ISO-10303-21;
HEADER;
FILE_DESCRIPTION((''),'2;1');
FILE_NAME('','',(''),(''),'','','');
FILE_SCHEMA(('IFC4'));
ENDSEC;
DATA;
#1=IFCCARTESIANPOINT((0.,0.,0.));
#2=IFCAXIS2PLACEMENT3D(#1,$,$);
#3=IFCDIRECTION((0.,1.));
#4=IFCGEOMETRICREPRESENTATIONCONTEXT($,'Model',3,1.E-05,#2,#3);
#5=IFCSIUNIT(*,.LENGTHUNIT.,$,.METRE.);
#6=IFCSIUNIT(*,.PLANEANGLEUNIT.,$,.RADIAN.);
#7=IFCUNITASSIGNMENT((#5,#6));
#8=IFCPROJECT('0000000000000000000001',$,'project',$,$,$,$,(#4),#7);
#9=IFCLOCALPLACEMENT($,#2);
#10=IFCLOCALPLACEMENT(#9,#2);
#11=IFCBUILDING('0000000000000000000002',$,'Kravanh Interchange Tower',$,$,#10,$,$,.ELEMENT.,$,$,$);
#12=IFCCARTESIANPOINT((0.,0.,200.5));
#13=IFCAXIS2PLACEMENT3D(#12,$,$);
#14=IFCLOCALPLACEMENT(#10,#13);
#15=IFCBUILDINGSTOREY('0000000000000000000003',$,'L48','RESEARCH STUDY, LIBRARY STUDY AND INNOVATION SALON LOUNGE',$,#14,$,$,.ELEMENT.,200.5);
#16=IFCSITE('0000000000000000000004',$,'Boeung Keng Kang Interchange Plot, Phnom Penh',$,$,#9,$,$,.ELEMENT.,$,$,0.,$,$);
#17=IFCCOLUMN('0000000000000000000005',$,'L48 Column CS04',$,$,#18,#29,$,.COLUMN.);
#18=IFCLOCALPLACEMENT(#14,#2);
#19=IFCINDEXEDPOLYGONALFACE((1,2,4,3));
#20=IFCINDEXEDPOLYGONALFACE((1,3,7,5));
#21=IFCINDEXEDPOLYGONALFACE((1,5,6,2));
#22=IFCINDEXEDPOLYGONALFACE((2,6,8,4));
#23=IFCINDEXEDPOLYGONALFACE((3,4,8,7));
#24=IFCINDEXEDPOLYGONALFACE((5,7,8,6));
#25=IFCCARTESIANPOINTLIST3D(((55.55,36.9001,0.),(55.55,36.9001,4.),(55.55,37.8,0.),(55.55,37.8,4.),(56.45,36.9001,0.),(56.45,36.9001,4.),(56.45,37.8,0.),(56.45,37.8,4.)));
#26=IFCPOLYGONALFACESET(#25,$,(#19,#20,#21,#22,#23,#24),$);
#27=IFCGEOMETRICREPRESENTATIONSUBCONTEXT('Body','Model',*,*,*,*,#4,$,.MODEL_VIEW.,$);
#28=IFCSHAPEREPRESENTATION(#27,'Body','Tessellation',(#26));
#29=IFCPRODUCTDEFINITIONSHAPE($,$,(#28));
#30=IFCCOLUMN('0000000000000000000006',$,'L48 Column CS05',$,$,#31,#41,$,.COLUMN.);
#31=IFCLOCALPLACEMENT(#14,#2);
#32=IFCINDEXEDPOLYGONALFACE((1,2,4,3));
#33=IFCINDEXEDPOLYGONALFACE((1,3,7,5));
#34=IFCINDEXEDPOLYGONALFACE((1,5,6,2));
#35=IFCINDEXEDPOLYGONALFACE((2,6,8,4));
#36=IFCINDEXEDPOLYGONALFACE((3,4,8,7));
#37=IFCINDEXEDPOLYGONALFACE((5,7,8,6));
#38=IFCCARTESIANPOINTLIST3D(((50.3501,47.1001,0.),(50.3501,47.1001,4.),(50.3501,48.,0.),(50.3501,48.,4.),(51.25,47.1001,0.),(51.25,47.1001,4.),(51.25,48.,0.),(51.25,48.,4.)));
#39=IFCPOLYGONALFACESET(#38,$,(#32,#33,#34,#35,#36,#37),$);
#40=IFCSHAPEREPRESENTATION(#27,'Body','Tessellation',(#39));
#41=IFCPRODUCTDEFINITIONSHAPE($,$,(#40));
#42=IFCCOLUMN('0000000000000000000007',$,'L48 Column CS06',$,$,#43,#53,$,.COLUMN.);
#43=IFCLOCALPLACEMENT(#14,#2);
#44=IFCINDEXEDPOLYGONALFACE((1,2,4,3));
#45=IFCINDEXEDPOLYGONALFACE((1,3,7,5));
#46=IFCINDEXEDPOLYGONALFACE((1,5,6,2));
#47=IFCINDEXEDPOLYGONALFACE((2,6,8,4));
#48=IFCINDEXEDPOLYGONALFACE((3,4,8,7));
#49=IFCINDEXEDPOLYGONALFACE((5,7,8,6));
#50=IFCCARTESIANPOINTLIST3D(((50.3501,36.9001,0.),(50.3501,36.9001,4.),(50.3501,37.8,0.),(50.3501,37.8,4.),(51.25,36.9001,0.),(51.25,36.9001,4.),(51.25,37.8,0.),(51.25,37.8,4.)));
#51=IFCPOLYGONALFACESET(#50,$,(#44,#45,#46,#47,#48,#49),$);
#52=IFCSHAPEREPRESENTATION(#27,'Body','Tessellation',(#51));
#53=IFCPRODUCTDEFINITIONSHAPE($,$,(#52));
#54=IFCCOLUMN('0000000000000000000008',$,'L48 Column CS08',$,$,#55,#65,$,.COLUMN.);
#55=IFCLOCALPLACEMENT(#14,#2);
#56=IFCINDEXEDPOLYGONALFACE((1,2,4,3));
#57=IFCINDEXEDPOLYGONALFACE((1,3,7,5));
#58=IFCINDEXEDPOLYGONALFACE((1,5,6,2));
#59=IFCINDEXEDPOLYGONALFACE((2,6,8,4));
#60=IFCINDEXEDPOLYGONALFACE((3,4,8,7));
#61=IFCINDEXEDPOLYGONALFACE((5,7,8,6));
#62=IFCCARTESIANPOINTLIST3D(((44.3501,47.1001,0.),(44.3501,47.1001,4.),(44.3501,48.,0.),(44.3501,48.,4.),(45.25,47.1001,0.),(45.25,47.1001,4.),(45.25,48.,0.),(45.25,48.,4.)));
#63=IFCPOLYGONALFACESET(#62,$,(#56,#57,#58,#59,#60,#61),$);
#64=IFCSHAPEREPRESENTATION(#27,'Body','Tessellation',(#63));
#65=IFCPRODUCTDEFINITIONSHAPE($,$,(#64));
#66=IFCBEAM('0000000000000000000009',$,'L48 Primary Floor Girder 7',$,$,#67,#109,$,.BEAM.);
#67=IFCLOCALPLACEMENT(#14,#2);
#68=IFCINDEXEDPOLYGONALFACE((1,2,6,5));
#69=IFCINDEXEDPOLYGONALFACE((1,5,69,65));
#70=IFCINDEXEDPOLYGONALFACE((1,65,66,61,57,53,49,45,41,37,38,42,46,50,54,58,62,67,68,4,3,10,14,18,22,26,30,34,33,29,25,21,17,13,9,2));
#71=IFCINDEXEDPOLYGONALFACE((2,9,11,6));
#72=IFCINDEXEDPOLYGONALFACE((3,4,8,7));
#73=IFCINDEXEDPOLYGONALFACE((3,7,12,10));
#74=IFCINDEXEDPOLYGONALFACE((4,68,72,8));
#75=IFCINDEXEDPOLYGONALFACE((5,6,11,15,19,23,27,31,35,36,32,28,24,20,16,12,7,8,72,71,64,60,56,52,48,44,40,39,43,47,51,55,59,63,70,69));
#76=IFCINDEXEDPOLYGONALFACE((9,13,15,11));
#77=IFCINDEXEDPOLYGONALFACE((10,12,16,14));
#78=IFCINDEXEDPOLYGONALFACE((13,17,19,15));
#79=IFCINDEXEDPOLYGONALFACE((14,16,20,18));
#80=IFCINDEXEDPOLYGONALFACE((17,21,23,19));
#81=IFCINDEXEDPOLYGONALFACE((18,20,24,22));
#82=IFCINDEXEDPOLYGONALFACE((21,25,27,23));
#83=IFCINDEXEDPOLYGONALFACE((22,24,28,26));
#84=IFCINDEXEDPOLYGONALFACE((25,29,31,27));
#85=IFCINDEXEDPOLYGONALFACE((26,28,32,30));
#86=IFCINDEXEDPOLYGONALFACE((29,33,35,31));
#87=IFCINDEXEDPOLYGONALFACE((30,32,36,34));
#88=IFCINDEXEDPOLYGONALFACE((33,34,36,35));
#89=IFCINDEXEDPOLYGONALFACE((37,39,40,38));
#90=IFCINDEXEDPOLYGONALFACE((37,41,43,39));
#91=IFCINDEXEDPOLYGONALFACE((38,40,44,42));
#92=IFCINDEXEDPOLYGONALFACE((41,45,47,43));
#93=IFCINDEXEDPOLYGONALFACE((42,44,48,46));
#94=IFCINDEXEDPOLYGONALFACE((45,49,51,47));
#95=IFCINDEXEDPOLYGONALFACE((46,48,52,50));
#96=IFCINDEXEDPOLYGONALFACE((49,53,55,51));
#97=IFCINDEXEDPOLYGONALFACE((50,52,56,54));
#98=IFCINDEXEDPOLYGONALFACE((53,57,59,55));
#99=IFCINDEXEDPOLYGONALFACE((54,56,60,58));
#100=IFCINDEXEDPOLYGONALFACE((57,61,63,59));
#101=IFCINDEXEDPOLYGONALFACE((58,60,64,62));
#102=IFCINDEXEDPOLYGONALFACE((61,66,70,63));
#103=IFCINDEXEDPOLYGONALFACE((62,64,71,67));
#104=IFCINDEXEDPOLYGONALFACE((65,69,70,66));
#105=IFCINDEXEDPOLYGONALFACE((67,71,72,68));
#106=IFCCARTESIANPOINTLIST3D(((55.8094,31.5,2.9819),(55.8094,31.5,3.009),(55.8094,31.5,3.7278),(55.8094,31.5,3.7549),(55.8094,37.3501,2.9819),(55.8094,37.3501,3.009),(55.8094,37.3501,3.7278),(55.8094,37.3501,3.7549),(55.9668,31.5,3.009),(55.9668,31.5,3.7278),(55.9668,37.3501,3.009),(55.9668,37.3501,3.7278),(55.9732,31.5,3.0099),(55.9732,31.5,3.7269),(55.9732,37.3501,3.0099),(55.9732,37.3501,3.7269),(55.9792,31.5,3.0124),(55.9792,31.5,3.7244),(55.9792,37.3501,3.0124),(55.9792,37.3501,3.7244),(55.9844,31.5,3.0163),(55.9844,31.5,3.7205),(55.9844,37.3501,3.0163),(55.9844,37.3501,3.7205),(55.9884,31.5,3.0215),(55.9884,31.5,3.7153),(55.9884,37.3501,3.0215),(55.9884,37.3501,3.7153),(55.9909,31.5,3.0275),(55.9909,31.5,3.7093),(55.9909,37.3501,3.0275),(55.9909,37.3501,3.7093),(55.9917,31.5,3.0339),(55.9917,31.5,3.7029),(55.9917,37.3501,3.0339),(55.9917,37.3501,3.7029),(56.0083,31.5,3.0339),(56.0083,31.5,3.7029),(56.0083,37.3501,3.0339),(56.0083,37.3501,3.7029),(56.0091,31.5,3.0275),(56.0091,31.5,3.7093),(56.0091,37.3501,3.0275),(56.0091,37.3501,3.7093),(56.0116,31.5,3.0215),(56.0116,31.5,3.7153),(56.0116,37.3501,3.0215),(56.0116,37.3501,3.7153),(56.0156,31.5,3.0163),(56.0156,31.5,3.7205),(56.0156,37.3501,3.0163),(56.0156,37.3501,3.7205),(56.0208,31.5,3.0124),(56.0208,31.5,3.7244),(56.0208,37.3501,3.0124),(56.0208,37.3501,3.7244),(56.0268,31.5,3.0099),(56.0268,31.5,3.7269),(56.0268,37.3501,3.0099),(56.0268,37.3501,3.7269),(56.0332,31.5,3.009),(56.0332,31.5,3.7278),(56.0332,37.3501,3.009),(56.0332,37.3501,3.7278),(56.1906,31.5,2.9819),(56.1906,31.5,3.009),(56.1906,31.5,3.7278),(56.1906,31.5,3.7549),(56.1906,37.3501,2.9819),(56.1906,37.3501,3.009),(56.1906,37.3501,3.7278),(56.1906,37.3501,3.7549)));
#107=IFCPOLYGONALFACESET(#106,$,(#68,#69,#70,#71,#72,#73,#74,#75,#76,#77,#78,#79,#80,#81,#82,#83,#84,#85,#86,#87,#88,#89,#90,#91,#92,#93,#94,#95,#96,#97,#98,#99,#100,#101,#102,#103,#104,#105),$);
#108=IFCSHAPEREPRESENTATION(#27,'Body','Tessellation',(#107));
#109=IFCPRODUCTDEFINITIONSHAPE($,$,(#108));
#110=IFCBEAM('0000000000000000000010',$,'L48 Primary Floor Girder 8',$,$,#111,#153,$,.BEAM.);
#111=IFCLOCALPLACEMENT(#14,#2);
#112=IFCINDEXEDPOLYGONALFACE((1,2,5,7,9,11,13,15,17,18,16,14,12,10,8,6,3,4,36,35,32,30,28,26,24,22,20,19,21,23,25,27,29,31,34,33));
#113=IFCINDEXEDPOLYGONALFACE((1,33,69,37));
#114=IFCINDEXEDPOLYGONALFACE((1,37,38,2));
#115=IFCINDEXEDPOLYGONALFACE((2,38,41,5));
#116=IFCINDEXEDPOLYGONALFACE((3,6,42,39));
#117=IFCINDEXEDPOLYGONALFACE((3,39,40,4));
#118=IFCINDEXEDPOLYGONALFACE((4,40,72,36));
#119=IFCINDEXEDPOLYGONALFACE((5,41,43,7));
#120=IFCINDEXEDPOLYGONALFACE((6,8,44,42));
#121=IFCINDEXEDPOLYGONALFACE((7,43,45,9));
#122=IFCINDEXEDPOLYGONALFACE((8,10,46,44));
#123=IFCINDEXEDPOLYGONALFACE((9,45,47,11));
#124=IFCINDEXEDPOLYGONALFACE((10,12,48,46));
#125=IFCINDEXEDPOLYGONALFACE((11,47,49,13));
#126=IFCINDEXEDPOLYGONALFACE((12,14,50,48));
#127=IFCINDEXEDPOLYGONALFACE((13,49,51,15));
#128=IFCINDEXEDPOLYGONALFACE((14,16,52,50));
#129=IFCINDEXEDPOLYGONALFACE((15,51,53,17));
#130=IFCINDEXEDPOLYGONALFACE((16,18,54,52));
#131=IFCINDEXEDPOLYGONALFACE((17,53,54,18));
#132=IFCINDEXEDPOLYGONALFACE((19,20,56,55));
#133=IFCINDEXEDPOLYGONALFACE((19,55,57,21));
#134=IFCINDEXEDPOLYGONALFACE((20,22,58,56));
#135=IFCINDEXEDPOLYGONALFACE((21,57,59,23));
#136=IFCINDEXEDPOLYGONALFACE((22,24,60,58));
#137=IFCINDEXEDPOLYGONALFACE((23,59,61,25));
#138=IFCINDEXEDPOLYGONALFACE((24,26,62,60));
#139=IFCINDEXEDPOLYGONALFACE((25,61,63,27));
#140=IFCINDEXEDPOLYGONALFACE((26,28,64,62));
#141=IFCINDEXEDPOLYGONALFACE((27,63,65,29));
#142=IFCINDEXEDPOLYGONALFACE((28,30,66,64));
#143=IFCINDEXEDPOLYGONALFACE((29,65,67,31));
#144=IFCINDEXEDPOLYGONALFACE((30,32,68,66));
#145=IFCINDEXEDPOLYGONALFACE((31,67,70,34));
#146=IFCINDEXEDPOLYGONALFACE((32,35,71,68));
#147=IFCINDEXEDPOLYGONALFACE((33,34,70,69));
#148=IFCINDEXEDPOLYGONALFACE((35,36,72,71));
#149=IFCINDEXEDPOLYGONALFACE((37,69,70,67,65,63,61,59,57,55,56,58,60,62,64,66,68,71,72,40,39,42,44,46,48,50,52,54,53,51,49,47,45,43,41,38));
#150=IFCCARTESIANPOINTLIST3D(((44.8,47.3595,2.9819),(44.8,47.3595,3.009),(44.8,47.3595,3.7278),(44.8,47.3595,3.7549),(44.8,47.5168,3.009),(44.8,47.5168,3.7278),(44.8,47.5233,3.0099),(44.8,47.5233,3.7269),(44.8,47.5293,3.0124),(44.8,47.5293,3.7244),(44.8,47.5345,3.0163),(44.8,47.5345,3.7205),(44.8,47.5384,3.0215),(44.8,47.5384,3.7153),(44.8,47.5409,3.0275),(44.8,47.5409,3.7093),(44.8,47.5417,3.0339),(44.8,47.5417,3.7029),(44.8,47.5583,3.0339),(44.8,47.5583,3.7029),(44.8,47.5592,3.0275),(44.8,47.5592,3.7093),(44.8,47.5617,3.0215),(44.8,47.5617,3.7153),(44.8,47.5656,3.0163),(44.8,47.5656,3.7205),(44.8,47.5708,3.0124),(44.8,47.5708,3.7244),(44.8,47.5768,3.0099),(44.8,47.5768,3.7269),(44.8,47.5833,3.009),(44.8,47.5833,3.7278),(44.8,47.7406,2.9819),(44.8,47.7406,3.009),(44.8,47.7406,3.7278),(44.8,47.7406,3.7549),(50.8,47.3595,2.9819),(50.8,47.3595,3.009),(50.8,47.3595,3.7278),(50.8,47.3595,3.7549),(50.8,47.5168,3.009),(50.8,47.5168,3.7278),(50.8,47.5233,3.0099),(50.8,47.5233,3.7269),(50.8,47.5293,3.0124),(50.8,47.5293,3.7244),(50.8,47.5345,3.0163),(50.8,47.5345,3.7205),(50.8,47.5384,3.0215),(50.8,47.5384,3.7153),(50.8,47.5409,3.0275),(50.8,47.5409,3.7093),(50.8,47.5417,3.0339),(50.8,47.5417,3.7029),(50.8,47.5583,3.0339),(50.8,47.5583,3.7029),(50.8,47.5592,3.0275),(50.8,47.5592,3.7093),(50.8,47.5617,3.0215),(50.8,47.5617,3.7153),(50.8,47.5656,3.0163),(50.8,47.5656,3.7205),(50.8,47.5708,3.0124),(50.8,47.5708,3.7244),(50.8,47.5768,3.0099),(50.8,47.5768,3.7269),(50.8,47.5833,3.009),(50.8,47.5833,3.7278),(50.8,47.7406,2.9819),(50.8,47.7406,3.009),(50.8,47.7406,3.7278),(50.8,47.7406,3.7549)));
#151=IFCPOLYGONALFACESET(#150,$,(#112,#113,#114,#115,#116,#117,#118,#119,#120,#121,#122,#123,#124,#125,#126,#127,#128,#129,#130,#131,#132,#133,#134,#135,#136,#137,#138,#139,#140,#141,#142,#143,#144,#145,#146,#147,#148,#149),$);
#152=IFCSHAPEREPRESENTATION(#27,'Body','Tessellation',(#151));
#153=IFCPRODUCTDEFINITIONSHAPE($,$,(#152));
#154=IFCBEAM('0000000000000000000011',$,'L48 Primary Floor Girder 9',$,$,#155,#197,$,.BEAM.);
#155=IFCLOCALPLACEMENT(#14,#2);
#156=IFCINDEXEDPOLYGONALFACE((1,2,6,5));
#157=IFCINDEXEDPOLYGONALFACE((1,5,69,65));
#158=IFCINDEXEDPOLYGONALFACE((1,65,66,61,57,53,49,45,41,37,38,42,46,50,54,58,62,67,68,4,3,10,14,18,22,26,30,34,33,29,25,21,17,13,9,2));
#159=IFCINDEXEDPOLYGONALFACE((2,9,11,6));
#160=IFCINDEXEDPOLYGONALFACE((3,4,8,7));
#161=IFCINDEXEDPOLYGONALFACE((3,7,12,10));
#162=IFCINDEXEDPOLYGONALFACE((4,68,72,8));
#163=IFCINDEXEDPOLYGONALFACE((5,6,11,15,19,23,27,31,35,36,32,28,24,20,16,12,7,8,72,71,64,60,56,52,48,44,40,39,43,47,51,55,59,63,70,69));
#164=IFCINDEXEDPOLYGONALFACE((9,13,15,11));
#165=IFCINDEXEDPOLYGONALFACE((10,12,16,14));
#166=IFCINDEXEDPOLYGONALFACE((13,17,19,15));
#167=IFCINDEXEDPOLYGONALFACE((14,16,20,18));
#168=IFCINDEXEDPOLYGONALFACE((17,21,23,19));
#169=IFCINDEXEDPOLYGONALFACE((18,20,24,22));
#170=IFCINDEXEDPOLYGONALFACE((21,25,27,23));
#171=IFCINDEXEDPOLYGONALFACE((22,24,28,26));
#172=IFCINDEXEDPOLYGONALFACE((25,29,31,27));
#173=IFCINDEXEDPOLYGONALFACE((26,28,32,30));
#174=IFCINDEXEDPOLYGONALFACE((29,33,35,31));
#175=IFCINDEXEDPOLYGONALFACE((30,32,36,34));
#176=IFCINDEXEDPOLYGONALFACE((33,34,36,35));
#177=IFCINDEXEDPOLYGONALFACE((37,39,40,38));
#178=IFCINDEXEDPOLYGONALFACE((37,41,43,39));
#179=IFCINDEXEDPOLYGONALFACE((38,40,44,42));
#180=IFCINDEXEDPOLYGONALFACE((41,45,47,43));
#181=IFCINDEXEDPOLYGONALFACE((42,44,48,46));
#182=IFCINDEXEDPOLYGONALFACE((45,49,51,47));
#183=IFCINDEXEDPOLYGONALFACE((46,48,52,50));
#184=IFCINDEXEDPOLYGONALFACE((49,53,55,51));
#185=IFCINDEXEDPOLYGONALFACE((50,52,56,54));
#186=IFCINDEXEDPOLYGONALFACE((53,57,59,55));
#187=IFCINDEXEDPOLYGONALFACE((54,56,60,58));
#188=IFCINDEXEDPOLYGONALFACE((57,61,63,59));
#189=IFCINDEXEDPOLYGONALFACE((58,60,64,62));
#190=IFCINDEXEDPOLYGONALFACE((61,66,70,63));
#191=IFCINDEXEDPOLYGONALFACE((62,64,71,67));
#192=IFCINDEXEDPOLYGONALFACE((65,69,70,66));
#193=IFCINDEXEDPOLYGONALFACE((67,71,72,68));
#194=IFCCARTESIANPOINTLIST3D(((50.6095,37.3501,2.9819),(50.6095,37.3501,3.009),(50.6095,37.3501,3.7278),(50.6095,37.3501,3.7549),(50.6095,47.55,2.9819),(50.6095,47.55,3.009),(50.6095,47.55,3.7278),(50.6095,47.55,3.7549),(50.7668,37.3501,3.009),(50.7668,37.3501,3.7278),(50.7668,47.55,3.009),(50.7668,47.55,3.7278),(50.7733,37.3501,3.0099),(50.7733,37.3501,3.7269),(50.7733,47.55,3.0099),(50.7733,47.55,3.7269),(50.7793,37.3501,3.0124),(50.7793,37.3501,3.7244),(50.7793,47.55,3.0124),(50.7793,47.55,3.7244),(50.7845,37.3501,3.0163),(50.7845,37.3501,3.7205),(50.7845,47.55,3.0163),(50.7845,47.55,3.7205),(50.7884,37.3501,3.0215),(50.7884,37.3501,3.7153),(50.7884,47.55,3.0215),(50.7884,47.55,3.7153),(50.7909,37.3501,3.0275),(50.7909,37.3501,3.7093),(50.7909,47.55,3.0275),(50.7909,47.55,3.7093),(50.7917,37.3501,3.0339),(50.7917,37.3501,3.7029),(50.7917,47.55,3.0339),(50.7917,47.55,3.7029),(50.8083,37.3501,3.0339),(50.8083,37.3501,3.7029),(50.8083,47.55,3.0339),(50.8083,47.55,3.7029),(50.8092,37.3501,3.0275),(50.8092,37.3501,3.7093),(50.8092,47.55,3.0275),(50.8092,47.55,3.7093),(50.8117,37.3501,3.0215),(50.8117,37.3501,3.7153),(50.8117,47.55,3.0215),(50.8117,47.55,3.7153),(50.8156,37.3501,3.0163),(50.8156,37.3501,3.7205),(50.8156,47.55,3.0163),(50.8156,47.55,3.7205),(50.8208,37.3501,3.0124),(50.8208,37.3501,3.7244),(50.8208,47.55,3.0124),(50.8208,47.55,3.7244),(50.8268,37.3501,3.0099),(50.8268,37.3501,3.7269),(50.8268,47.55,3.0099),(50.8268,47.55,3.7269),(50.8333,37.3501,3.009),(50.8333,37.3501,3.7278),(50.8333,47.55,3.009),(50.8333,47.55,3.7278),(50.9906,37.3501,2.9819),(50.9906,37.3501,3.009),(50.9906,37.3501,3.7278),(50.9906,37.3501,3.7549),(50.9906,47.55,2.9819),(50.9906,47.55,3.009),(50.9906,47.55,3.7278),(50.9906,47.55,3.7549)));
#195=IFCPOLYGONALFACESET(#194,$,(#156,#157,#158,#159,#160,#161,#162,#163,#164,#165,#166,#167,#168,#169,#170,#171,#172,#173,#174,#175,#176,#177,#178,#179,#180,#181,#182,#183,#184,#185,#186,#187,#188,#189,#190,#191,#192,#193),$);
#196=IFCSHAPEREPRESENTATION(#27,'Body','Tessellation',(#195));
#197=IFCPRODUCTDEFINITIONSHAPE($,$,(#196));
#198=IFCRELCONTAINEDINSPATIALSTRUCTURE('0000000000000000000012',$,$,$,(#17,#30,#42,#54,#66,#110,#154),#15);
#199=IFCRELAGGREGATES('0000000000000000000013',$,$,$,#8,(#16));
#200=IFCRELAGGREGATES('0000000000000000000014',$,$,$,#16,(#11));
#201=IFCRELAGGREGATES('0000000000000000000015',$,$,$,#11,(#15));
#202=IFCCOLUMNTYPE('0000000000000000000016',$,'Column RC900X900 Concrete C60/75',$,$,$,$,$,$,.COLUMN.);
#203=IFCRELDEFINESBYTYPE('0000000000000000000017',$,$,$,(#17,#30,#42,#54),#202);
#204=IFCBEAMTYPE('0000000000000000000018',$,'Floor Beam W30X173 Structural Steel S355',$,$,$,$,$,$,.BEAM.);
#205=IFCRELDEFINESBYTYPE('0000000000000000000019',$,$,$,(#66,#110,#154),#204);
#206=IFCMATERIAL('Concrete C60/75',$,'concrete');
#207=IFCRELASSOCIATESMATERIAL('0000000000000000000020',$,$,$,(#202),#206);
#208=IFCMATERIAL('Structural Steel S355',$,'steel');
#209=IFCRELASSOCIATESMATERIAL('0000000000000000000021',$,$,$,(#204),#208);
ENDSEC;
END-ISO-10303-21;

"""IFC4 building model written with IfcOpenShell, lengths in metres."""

from ifc_helpers import new_model, si_unit, direction, frame, origin, origin_2d, place, context, subcontext, project, spatial, rectangle, i_section, extrude, material, material_profile, profile_set, type_object, element, save


model = new_model("IFC4")

# Units and contexts
model_context = context("Model", 3, precision=1e-05, world=origin(), true_north=direction((0.0, 1.0)))
body_context = subcontext(model_context, "Body", "Model", "MODEL_VIEW")
ifc_project = project(units=[si_unit("LENGTHUNIT", "METRE"), si_unit("PLANEANGLEUNIT", "RADIAN")], contexts=[model_context])

# Site, building, storey
site_placement = place(None, origin())
site = spatial("IfcSite", under=ifc_project, at=site_placement, Name="Boeung Keng Kang Interchange Plot, Phnom Penh", CompositionType="ELEMENT", RefElevation=0.0)
building_placement = place(site_placement, origin())
building = spatial("IfcBuilding", under=site, at=building_placement, Name="Kravanh Interchange Tower", CompositionType="ELEMENT")
storey_placement = place(building_placement, frame((0.0, 0.0, 200.5)))
storey = spatial("IfcBuildingStorey", under=building, at=storey_placement, Name="L48", Description="RESEARCH STUDY, LIBRARY STUDY AND INNOVATION SALON LOUNGE", CompositionType="ELEMENT", Elevation=200.5)

# Columns
ifc_material_1 = material(Name="Concrete C60/75", Category="concrete")
ifc_material_profile_1 = material_profile(ifc_material_1, rectangle(XDim=0.8999, YDim=0.8999, at=origin_2d()), Name="RC900X900")
ifc_profile_set_1 = profile_set([ifc_material_profile_1], Name="Concrete C60/75")
column_type = type_object("IfcColumnType", Name="Column RC900X900 Concrete C60/75", PredefinedType="COLUMN", material=ifc_profile_set_1)
for number, where, z_axis, x_axis, name in (
    (1, (56.0, 37.3501, 0.0), (0.0, 0.0, 1.0), (1.0, 0.0, 0.0), "L48 Column CS04"),
    (2, (50.8, 47.55, 0.0), (0.0, 0.0, 1.0), (1.0, 0.0, 0.0), "L48 Column CS05"),
    (3, (50.8, 37.3501, 0.0), (0.0, 0.0, 1.0), (1.0, 0.0, 0.0), "L48 Column CS06"),
    (4, (44.8, 47.55, 0.0), (0.0, 0.0, 1.0), (1.0, 0.0, 0.0), "L48 Column CS08"),
):
    element("IfcColumn", number, at=place(storey_placement, frame(where, z_axis=z_axis, x_axis=x_axis)), inside=storey, type_object=column_type, Name=name, PredefinedType="COLUMN", context=body_context, shape_type="SweptSolid", body=[
        extrude(rectangle(XDim=0.8999, YDim=0.8999, at=origin_2d()), origin(), (0.0, 0.0, 1.0), 4.0),
    ])

# Beams
ifc_material_2 = material(Name="Structural Steel S355", Category="steel")
ifc_material_profile_2 = material_profile(ifc_material_2, i_section(OverallWidth=0.3811, OverallDepth=0.7729, WebThickness=0.0166, FlangeThickness=0.0271, FilletRadius=0.0249, at=origin_2d()), Name="W30X173")
ifc_profile_set_2 = profile_set([ifc_material_profile_2], Name="Structural Steel S355")
beam_type_1 = type_object("IfcBeamType", Name="Floor Beam W30X173 Structural Steel S355", PredefinedType="BEAM", material=ifc_profile_set_2)
beam_1_placement = place(storey_placement, frame((56.0, 37.3501, 3.3684), z_axis=(0.0, -1.0, 0.0), x_axis=(1.0, 0.0, 0.0)))
element("IfcBeam", 5, at=beam_1_placement, inside=storey, type_object=beam_type_1, Name="L48 Primary Floor Girder 7", PredefinedType="BEAM", context=body_context, shape_type="SweptSolid", body=[
    extrude(i_section(OverallWidth=0.3811, OverallDepth=0.7729, WebThickness=0.0166, FlangeThickness=0.0271, FilletRadius=0.0249, at=origin_2d()), origin(), (0.0, 0.0, 1.0), 5.8501),
])
beam_2_placement = place(storey_placement, frame((50.8, 47.55, 3.3684), z_axis=(-1.0, 0.0, 0.0), x_axis=(0.0, -1.0, 0.0)))
element("IfcBeam", 6, at=beam_2_placement, inside=storey, type_object=beam_type_1, Name="L48 Primary Floor Girder 8", PredefinedType="BEAM", context=body_context, shape_type="SweptSolid", body=[
    extrude(i_section(OverallWidth=0.3811, OverallDepth=0.7729, WebThickness=0.0166, FlangeThickness=0.0271, FilletRadius=0.0249, at=origin_2d()), origin(), (0.0, 0.0, 1.0), 6.0),
])
beam_3_placement = place(storey_placement, frame((50.8, 47.55, 3.3684), z_axis=(0.0, -1.0, 0.0), x_axis=(1.0, 0.0, 0.0)))
element("IfcBeam", 7, at=beam_3_placement, inside=storey, type_object=beam_type_1, Name="L48 Primary Floor Girder 9", PredefinedType="BEAM", context=body_context, shape_type="SweptSolid", body=[
    extrude(i_section(OverallWidth=0.3811, OverallDepth=0.7729, WebThickness=0.0166, FlangeThickness=0.0271, FilletRadius=0.0249, at=origin_2d()), origin(), (0.0, 0.0, 1.0), 10.2),
])

save(model, "model.ifc")
